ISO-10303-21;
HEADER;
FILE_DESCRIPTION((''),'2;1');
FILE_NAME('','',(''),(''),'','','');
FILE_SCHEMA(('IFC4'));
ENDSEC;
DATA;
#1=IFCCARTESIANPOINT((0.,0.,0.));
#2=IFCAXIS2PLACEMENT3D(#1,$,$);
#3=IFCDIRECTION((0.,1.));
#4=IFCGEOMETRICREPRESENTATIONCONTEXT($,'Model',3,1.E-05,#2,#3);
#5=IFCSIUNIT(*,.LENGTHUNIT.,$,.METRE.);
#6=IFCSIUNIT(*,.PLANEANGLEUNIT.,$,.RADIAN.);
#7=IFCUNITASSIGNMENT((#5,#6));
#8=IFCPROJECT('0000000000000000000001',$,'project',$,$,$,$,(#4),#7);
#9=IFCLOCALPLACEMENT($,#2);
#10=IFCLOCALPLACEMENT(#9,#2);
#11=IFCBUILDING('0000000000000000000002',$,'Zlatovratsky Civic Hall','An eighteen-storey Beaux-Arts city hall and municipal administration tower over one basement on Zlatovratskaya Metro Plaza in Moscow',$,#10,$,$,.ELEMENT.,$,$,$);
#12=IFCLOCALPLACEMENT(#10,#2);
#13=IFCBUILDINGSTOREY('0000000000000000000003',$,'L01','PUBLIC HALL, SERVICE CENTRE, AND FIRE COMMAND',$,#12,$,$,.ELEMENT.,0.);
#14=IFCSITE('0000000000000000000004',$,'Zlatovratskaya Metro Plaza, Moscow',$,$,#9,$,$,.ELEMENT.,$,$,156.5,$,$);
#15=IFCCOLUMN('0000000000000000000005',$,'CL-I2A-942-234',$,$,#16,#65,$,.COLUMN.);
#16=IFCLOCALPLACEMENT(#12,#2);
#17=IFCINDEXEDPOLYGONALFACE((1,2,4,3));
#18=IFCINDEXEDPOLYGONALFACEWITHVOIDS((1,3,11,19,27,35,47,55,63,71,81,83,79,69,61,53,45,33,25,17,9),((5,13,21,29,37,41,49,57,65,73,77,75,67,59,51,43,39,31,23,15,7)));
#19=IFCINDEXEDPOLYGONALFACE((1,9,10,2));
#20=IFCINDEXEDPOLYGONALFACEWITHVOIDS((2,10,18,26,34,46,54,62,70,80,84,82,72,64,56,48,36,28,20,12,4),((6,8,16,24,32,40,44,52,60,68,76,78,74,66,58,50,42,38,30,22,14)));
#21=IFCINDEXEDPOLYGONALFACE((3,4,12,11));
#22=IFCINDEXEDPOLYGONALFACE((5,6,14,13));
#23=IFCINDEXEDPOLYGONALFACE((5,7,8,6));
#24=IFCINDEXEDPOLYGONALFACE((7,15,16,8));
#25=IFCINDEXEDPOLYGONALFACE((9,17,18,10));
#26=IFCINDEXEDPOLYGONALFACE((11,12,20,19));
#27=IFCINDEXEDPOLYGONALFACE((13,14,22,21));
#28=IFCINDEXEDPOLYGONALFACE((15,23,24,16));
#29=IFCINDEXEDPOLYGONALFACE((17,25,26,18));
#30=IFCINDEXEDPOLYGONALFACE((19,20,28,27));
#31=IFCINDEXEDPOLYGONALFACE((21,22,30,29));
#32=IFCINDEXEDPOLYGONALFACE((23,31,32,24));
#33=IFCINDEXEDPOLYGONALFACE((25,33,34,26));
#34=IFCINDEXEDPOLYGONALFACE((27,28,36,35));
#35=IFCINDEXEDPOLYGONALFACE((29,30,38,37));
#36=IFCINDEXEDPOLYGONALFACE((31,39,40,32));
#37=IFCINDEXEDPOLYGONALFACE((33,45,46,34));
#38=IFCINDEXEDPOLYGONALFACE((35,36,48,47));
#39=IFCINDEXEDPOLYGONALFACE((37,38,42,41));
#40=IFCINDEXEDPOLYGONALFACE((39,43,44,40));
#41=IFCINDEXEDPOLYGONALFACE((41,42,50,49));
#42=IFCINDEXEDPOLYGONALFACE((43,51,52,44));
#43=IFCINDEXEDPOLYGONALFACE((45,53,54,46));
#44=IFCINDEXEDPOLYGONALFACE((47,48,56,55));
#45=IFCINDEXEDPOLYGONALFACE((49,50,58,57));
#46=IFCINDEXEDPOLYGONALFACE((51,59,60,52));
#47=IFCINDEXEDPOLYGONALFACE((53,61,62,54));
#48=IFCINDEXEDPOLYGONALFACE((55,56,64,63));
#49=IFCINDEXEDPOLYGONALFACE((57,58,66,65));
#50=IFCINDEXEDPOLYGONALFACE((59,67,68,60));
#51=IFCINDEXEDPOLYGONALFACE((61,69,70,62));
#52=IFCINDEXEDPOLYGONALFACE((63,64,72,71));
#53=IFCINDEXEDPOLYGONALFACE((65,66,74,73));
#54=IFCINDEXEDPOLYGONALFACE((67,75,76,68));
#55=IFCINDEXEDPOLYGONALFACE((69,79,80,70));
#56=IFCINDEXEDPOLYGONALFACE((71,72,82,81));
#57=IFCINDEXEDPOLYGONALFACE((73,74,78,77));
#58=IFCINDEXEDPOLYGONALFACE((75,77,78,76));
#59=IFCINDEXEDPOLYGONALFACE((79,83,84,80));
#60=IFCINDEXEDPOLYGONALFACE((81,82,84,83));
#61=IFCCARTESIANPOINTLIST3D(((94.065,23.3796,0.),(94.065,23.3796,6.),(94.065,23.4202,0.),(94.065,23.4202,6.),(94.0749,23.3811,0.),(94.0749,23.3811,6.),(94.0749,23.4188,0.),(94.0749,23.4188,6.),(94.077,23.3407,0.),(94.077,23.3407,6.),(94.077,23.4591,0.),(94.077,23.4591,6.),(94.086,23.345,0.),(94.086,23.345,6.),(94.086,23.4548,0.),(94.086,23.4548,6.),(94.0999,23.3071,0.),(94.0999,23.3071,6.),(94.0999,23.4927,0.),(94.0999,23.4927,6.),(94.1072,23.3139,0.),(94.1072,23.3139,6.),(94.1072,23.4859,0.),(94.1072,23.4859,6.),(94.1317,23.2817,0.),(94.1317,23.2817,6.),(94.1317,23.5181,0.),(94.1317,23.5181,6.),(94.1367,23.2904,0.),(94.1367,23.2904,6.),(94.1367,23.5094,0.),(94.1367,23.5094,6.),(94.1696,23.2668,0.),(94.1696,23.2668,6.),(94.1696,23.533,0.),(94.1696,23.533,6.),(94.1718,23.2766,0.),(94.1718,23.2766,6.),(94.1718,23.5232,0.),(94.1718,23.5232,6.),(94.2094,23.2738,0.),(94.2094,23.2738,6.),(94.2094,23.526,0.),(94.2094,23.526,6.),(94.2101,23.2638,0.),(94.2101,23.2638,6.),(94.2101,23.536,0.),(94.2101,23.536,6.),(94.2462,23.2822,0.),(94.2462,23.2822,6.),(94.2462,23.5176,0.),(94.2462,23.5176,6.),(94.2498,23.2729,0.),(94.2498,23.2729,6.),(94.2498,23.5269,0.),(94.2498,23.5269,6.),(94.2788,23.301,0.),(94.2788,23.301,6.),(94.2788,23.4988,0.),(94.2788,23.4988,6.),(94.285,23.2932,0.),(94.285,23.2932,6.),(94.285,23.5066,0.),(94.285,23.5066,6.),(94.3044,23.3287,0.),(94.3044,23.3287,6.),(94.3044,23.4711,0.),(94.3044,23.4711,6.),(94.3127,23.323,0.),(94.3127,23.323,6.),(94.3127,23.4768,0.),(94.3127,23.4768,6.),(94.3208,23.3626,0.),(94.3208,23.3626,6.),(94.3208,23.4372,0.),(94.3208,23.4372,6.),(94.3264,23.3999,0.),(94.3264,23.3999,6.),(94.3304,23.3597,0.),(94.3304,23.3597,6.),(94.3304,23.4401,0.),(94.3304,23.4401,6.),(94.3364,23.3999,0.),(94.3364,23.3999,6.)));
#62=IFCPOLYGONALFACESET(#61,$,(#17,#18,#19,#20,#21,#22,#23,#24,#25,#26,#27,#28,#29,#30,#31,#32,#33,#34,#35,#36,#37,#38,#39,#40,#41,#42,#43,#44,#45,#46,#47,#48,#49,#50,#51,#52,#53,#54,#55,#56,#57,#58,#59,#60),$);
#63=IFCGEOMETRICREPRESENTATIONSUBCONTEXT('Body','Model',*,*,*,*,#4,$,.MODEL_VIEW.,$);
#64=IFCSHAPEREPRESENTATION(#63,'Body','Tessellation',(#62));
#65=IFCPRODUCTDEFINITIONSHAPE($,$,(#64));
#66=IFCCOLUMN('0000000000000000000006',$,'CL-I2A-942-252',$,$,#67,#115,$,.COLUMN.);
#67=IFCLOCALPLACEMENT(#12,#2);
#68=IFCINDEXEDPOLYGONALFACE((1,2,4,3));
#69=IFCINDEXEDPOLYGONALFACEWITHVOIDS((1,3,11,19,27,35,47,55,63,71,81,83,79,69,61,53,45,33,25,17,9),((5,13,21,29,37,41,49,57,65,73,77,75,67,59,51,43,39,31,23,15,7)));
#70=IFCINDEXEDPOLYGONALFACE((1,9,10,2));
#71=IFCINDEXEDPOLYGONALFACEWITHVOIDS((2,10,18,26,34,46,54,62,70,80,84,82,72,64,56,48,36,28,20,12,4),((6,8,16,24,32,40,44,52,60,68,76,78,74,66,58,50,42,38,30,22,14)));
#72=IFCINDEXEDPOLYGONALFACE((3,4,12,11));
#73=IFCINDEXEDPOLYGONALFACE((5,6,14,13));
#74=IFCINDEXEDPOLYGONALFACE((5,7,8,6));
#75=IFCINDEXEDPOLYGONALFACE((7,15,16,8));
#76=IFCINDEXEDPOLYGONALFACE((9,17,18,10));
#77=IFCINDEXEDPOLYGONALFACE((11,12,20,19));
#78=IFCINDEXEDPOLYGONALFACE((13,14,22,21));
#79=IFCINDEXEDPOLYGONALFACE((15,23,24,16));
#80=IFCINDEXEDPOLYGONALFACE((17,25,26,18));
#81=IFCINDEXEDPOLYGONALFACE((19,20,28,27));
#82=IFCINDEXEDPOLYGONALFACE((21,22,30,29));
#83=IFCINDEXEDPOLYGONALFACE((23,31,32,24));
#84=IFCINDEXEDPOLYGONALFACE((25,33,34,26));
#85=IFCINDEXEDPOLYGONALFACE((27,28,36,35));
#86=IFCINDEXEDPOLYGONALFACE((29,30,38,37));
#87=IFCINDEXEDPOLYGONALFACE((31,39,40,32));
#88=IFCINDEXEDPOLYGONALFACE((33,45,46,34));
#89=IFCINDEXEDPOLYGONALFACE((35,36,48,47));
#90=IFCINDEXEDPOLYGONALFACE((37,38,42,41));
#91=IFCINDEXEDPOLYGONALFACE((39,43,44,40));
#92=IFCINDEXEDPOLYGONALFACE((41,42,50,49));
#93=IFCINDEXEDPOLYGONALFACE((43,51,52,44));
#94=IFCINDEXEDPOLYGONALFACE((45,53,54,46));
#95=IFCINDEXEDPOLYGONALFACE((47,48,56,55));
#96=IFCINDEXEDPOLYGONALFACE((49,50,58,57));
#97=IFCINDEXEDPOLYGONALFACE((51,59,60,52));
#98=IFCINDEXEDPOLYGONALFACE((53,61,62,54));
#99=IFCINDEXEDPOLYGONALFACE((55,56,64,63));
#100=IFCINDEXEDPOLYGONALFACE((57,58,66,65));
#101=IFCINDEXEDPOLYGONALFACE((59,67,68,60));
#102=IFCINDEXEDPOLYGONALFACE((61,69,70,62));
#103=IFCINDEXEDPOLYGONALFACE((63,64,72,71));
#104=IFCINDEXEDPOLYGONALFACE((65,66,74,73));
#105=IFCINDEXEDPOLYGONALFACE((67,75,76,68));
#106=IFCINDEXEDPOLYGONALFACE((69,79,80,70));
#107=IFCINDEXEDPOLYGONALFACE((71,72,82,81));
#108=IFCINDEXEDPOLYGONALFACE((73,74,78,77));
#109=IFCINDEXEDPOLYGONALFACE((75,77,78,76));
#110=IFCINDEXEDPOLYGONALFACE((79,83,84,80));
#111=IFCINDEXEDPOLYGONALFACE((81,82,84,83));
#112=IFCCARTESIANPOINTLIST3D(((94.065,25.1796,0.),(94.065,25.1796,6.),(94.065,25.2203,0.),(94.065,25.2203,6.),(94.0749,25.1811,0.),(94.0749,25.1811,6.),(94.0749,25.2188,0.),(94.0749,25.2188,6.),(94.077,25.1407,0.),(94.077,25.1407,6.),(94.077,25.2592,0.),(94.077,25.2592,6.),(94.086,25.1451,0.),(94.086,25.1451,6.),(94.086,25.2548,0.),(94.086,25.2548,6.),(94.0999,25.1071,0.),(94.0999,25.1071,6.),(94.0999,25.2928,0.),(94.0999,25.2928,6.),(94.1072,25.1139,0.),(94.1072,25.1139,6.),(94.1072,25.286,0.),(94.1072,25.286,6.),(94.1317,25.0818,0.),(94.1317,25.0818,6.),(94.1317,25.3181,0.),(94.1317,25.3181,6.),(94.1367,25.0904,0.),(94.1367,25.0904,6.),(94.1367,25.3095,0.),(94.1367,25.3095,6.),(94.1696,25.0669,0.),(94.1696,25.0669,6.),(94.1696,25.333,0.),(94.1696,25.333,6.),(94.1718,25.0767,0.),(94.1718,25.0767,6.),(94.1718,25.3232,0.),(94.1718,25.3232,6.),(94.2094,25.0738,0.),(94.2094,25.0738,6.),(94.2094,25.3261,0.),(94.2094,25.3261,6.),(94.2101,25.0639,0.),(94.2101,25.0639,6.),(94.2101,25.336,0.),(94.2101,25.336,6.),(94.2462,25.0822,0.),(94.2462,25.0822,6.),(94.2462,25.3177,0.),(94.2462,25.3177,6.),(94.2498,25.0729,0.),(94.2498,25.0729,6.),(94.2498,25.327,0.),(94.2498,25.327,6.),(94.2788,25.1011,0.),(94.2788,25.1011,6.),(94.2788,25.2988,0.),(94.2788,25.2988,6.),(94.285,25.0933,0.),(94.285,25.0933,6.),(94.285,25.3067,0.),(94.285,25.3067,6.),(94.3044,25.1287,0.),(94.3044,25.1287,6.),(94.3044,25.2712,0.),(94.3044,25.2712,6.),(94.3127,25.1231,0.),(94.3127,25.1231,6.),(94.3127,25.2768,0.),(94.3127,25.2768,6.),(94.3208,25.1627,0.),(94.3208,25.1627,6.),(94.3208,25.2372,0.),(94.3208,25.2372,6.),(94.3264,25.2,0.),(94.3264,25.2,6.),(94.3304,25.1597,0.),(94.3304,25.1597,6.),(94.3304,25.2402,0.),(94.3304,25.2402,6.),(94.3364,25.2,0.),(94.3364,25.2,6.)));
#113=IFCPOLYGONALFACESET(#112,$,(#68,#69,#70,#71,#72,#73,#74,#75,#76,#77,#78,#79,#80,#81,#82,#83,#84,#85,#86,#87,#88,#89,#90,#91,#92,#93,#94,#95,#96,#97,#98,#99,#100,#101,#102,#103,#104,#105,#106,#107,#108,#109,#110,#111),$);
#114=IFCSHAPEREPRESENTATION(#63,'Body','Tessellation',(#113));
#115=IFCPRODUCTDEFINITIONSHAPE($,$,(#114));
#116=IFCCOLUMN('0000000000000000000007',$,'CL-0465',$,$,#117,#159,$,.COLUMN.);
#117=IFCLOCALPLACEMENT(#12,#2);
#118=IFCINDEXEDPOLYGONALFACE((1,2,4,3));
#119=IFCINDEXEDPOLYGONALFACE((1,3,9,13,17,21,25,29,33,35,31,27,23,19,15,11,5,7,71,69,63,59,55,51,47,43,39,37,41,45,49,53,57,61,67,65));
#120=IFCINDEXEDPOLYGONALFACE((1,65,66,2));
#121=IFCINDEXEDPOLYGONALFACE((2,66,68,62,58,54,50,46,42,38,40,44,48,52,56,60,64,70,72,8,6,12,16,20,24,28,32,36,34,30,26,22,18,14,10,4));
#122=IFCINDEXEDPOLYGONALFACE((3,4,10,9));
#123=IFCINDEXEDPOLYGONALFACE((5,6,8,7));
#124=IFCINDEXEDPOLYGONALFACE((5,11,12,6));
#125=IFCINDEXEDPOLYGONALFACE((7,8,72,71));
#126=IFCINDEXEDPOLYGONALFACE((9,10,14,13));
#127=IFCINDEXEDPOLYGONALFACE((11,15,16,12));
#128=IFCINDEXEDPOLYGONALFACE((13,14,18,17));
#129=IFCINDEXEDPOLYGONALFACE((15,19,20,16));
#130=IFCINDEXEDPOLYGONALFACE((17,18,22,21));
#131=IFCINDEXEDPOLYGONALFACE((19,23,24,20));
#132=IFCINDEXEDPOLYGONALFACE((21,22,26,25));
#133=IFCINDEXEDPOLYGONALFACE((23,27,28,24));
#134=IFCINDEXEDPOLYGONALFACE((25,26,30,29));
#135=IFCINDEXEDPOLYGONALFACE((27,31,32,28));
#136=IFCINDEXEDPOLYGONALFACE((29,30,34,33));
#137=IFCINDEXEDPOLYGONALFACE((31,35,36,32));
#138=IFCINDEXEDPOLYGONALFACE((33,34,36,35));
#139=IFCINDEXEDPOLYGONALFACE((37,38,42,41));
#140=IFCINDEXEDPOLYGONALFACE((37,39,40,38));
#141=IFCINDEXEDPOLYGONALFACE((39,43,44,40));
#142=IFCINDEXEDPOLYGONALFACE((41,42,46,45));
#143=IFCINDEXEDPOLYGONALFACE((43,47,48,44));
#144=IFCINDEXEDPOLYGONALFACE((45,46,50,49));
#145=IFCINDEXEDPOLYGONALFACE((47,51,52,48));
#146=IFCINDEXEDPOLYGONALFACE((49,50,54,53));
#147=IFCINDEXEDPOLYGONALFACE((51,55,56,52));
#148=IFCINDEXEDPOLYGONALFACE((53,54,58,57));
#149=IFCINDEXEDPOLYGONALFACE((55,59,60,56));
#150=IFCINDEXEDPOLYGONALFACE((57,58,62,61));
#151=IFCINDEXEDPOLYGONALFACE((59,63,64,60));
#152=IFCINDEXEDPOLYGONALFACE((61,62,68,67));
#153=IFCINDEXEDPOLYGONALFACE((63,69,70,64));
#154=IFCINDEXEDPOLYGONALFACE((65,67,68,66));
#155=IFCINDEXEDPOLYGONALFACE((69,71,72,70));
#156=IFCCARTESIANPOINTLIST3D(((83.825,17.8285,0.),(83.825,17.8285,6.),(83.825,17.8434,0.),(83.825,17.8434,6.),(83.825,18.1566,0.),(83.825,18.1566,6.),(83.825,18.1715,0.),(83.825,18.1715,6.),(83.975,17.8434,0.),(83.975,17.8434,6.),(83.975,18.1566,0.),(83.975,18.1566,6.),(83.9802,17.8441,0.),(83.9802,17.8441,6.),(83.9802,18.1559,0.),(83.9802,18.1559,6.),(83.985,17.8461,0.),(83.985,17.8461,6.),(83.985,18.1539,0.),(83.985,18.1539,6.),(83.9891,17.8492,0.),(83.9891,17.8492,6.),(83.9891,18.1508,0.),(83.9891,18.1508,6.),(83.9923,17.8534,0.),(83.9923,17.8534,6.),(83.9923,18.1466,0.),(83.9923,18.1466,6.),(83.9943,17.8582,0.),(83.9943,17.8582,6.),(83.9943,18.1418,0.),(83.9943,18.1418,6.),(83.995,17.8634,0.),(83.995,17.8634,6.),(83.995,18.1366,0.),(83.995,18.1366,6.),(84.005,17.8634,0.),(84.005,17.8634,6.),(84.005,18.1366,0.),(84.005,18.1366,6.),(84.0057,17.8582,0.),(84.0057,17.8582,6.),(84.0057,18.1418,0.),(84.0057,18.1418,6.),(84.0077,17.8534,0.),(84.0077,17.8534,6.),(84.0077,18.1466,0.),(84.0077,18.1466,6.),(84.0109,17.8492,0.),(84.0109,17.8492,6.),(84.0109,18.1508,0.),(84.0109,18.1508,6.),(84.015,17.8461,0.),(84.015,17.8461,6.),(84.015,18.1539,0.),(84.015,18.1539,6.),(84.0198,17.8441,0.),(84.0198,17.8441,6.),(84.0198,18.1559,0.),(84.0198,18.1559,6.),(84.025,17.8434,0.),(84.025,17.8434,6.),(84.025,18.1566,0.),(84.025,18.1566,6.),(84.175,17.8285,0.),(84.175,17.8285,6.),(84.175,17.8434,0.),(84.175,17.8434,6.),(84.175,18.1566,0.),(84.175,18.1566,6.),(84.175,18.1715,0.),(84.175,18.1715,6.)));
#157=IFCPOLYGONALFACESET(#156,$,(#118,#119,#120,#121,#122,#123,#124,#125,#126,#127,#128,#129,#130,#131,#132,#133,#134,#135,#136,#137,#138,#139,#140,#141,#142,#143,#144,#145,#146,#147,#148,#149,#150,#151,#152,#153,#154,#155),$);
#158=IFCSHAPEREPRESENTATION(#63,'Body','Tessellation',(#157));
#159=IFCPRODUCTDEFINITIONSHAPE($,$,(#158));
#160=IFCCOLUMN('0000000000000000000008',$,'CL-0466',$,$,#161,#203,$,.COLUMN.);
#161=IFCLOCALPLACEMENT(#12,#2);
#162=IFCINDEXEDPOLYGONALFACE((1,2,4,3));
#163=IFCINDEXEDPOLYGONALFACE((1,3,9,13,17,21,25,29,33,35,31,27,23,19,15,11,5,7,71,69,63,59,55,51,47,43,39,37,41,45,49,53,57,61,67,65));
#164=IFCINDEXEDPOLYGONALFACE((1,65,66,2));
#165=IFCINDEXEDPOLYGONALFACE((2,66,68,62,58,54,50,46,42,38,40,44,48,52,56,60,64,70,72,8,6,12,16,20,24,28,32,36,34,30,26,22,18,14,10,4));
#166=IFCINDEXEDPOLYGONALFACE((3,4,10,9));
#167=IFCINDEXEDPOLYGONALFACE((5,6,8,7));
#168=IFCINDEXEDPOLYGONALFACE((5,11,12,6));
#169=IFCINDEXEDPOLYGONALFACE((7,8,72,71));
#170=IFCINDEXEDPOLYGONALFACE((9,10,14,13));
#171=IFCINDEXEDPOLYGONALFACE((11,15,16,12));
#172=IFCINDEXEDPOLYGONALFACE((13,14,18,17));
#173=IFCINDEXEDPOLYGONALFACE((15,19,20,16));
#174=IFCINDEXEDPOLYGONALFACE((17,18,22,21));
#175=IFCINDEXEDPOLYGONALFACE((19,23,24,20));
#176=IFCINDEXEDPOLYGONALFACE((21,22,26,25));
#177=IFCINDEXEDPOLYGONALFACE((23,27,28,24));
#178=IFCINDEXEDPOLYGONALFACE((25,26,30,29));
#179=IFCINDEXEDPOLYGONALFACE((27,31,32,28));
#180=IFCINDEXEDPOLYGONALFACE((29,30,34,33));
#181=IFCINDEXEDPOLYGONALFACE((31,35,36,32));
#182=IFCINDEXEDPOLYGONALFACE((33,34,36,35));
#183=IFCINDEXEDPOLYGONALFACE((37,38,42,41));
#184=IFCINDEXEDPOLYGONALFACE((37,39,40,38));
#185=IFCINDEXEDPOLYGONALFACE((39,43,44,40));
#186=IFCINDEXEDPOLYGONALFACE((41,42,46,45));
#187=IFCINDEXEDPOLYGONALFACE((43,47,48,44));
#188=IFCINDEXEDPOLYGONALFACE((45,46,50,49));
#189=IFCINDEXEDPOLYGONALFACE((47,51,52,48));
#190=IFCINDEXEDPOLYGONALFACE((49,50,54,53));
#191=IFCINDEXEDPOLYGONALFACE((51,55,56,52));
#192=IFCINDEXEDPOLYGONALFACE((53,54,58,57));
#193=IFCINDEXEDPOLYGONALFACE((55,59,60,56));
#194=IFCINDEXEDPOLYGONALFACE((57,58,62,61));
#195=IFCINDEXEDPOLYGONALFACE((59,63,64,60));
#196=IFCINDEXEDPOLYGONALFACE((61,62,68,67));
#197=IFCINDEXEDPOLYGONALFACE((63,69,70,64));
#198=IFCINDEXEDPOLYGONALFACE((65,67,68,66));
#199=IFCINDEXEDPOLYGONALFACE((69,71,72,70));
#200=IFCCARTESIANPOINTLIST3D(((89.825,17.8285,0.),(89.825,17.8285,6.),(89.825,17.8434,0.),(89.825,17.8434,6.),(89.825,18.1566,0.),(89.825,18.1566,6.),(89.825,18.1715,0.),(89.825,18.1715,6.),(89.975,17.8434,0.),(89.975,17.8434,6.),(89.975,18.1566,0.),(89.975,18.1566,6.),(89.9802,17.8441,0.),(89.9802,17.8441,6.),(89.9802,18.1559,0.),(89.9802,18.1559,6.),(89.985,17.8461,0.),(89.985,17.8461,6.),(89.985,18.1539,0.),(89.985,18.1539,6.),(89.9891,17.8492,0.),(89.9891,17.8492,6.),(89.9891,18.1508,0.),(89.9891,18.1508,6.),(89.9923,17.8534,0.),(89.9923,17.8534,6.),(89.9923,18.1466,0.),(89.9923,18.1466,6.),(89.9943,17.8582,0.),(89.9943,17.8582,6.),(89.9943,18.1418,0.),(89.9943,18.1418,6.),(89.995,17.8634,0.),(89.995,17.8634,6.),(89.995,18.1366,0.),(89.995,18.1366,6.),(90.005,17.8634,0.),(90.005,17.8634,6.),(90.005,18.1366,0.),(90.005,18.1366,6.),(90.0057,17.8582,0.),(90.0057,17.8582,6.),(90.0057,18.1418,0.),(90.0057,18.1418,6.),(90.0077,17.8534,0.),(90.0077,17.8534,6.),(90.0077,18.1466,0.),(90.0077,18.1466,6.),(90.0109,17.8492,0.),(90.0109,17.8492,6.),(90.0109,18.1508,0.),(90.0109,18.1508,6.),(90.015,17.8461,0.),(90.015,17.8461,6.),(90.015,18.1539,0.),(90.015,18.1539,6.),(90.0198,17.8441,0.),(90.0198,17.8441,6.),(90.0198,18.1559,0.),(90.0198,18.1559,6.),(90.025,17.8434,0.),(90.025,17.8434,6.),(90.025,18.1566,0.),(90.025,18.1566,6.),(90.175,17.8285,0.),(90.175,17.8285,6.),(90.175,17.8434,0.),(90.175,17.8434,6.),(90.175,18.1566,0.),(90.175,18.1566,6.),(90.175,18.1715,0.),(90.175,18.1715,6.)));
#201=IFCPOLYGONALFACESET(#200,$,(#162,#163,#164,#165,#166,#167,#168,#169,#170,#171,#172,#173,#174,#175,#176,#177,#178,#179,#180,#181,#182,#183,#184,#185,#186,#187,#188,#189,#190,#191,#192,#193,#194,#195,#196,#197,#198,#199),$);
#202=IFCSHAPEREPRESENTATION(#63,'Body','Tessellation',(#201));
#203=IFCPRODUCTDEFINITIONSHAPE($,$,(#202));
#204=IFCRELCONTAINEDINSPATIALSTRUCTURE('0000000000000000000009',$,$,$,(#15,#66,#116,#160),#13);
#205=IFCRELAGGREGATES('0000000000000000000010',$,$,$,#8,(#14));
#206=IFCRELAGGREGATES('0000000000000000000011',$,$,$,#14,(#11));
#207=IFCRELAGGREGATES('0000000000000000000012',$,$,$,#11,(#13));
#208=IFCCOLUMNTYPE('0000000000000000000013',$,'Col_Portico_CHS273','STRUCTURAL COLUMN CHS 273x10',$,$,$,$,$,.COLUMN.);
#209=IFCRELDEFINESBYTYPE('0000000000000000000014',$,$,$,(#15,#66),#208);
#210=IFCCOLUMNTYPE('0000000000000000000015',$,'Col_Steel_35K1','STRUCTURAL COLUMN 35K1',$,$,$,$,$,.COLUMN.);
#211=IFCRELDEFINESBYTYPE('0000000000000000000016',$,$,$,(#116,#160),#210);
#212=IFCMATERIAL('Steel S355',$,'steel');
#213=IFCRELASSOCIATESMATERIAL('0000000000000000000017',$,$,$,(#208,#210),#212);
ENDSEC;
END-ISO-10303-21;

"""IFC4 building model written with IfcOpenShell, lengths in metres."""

from ifc_helpers import new_model, si_unit, direction, frame, origin, origin_2d, place, context, subcontext, project, spatial, hollow_circle, i_section, extrude, material, material_profile, profile_set, type_object, element, save


model = new_model("IFC4")

# Units and contexts
model_context = context("Model", 3, precision=1e-05, world=origin(), true_north=direction((0.0, 1.0)))
body_context = subcontext(model_context, "Body", "Model", "MODEL_VIEW")
ifc_project = project(units=[si_unit("LENGTHUNIT", "METRE"), si_unit("PLANEANGLEUNIT", "RADIAN")], contexts=[model_context])

# Site, building, storey
site_placement = place(None, origin())
site = spatial("IfcSite", under=ifc_project, at=site_placement, Name="Zlatovratskaya Metro Plaza, Moscow", CompositionType="ELEMENT", RefElevation=156.5)
building_placement = place(site_placement, origin())
building = spatial("IfcBuilding", under=site, at=building_placement, Name="Zlatovratsky Civic Hall", Description="An eighteen-storey Beaux-Arts city hall and municipal administration tower over one basement on Zlatovratskaya Metro Plaza in Moscow", CompositionType="ELEMENT")
storey_placement = place(building_placement, origin())
storey = spatial("IfcBuildingStorey", under=building, at=storey_placement, Name="L01", Description="PUBLIC HALL, SERVICE CENTRE, AND FIRE COMMAND", CompositionType="ELEMENT", Elevation=0.0)

# Columns
ifc_material_1 = material(Name="Steel S355", Category="steel")
ifc_material_profile_1 = material_profile(ifc_material_1, hollow_circle(Radius=0.1365, WallThickness=0.01, at=origin_2d()), Name="CHS 273x10")
ifc_profile_set_1 = profile_set([ifc_material_profile_1], Name="Steel S355")
column_type_1 = type_object("IfcColumnType", Name="Col_Portico_CHS273", Description="STRUCTURAL COLUMN CHS 273x10", PredefinedType="COLUMN", material=ifc_profile_set_1)
for number, where, z_axis, x_axis, name in (
    (1, (94.2, 23.3999, 0.0), (0.0, 0.0, 1.0), (1.0, 0.0, 0.0), "CL-I2A-942-234"),
    (2, (94.2, 25.2, 0.0), (0.0, 0.0, 1.0), (1.0, 0.0, 0.0), "CL-I2A-942-252"),
):
    element("IfcColumn", number, at=place(storey_placement, frame(where, z_axis=z_axis, x_axis=x_axis)), inside=storey, type_object=column_type_1, Name=name, PredefinedType="COLUMN", context=body_context, shape_type="SweptSolid", body=[
        extrude(hollow_circle(Radius=0.1365, WallThickness=0.01, at=origin_2d()), origin(), (0.0, 0.0, 1.0), 6.0),
    ])
ifc_material_profile_2 = material_profile(ifc_material_1, i_section(OverallWidth=0.3501, OverallDepth=0.343, WebThickness=0.01, FlangeThickness=0.0149, FilletRadius=0.02, at=origin_2d()), Name="35K1")
ifc_profile_set_2 = profile_set([ifc_material_profile_2], Name="Steel S355")
column_type_2 = type_object("IfcColumnType", Name="Col_Steel_35K1", Description="STRUCTURAL COLUMN 35K1", PredefinedType="COLUMN", material=ifc_profile_set_2)
for number, where, z_axis, x_axis, name in (
    (3, (84.0, 18.0, 0.0), (0.0, 0.0, 1.0), (1.0, 0.0, 0.0), "CL-0465"),
    (4, (90.0, 18.0, 0.0), (0.0, 0.0, 1.0), (1.0, 0.0, 0.0), "CL-0466"),
):
    element("IfcColumn", number, at=place(storey_placement, frame(where, z_axis=z_axis, x_axis=x_axis)), inside=storey, type_object=column_type_2, Name=name, PredefinedType="COLUMN", context=body_context, shape_type="SweptSolid", body=[
        extrude(i_section(OverallWidth=0.3501, OverallDepth=0.343, WebThickness=0.01, FlangeThickness=0.0149, FilletRadius=0.02, at=origin_2d()), origin(), (0.0, 0.0, 1.0), 6.0),
    ])

save(model, "model.ifc")
